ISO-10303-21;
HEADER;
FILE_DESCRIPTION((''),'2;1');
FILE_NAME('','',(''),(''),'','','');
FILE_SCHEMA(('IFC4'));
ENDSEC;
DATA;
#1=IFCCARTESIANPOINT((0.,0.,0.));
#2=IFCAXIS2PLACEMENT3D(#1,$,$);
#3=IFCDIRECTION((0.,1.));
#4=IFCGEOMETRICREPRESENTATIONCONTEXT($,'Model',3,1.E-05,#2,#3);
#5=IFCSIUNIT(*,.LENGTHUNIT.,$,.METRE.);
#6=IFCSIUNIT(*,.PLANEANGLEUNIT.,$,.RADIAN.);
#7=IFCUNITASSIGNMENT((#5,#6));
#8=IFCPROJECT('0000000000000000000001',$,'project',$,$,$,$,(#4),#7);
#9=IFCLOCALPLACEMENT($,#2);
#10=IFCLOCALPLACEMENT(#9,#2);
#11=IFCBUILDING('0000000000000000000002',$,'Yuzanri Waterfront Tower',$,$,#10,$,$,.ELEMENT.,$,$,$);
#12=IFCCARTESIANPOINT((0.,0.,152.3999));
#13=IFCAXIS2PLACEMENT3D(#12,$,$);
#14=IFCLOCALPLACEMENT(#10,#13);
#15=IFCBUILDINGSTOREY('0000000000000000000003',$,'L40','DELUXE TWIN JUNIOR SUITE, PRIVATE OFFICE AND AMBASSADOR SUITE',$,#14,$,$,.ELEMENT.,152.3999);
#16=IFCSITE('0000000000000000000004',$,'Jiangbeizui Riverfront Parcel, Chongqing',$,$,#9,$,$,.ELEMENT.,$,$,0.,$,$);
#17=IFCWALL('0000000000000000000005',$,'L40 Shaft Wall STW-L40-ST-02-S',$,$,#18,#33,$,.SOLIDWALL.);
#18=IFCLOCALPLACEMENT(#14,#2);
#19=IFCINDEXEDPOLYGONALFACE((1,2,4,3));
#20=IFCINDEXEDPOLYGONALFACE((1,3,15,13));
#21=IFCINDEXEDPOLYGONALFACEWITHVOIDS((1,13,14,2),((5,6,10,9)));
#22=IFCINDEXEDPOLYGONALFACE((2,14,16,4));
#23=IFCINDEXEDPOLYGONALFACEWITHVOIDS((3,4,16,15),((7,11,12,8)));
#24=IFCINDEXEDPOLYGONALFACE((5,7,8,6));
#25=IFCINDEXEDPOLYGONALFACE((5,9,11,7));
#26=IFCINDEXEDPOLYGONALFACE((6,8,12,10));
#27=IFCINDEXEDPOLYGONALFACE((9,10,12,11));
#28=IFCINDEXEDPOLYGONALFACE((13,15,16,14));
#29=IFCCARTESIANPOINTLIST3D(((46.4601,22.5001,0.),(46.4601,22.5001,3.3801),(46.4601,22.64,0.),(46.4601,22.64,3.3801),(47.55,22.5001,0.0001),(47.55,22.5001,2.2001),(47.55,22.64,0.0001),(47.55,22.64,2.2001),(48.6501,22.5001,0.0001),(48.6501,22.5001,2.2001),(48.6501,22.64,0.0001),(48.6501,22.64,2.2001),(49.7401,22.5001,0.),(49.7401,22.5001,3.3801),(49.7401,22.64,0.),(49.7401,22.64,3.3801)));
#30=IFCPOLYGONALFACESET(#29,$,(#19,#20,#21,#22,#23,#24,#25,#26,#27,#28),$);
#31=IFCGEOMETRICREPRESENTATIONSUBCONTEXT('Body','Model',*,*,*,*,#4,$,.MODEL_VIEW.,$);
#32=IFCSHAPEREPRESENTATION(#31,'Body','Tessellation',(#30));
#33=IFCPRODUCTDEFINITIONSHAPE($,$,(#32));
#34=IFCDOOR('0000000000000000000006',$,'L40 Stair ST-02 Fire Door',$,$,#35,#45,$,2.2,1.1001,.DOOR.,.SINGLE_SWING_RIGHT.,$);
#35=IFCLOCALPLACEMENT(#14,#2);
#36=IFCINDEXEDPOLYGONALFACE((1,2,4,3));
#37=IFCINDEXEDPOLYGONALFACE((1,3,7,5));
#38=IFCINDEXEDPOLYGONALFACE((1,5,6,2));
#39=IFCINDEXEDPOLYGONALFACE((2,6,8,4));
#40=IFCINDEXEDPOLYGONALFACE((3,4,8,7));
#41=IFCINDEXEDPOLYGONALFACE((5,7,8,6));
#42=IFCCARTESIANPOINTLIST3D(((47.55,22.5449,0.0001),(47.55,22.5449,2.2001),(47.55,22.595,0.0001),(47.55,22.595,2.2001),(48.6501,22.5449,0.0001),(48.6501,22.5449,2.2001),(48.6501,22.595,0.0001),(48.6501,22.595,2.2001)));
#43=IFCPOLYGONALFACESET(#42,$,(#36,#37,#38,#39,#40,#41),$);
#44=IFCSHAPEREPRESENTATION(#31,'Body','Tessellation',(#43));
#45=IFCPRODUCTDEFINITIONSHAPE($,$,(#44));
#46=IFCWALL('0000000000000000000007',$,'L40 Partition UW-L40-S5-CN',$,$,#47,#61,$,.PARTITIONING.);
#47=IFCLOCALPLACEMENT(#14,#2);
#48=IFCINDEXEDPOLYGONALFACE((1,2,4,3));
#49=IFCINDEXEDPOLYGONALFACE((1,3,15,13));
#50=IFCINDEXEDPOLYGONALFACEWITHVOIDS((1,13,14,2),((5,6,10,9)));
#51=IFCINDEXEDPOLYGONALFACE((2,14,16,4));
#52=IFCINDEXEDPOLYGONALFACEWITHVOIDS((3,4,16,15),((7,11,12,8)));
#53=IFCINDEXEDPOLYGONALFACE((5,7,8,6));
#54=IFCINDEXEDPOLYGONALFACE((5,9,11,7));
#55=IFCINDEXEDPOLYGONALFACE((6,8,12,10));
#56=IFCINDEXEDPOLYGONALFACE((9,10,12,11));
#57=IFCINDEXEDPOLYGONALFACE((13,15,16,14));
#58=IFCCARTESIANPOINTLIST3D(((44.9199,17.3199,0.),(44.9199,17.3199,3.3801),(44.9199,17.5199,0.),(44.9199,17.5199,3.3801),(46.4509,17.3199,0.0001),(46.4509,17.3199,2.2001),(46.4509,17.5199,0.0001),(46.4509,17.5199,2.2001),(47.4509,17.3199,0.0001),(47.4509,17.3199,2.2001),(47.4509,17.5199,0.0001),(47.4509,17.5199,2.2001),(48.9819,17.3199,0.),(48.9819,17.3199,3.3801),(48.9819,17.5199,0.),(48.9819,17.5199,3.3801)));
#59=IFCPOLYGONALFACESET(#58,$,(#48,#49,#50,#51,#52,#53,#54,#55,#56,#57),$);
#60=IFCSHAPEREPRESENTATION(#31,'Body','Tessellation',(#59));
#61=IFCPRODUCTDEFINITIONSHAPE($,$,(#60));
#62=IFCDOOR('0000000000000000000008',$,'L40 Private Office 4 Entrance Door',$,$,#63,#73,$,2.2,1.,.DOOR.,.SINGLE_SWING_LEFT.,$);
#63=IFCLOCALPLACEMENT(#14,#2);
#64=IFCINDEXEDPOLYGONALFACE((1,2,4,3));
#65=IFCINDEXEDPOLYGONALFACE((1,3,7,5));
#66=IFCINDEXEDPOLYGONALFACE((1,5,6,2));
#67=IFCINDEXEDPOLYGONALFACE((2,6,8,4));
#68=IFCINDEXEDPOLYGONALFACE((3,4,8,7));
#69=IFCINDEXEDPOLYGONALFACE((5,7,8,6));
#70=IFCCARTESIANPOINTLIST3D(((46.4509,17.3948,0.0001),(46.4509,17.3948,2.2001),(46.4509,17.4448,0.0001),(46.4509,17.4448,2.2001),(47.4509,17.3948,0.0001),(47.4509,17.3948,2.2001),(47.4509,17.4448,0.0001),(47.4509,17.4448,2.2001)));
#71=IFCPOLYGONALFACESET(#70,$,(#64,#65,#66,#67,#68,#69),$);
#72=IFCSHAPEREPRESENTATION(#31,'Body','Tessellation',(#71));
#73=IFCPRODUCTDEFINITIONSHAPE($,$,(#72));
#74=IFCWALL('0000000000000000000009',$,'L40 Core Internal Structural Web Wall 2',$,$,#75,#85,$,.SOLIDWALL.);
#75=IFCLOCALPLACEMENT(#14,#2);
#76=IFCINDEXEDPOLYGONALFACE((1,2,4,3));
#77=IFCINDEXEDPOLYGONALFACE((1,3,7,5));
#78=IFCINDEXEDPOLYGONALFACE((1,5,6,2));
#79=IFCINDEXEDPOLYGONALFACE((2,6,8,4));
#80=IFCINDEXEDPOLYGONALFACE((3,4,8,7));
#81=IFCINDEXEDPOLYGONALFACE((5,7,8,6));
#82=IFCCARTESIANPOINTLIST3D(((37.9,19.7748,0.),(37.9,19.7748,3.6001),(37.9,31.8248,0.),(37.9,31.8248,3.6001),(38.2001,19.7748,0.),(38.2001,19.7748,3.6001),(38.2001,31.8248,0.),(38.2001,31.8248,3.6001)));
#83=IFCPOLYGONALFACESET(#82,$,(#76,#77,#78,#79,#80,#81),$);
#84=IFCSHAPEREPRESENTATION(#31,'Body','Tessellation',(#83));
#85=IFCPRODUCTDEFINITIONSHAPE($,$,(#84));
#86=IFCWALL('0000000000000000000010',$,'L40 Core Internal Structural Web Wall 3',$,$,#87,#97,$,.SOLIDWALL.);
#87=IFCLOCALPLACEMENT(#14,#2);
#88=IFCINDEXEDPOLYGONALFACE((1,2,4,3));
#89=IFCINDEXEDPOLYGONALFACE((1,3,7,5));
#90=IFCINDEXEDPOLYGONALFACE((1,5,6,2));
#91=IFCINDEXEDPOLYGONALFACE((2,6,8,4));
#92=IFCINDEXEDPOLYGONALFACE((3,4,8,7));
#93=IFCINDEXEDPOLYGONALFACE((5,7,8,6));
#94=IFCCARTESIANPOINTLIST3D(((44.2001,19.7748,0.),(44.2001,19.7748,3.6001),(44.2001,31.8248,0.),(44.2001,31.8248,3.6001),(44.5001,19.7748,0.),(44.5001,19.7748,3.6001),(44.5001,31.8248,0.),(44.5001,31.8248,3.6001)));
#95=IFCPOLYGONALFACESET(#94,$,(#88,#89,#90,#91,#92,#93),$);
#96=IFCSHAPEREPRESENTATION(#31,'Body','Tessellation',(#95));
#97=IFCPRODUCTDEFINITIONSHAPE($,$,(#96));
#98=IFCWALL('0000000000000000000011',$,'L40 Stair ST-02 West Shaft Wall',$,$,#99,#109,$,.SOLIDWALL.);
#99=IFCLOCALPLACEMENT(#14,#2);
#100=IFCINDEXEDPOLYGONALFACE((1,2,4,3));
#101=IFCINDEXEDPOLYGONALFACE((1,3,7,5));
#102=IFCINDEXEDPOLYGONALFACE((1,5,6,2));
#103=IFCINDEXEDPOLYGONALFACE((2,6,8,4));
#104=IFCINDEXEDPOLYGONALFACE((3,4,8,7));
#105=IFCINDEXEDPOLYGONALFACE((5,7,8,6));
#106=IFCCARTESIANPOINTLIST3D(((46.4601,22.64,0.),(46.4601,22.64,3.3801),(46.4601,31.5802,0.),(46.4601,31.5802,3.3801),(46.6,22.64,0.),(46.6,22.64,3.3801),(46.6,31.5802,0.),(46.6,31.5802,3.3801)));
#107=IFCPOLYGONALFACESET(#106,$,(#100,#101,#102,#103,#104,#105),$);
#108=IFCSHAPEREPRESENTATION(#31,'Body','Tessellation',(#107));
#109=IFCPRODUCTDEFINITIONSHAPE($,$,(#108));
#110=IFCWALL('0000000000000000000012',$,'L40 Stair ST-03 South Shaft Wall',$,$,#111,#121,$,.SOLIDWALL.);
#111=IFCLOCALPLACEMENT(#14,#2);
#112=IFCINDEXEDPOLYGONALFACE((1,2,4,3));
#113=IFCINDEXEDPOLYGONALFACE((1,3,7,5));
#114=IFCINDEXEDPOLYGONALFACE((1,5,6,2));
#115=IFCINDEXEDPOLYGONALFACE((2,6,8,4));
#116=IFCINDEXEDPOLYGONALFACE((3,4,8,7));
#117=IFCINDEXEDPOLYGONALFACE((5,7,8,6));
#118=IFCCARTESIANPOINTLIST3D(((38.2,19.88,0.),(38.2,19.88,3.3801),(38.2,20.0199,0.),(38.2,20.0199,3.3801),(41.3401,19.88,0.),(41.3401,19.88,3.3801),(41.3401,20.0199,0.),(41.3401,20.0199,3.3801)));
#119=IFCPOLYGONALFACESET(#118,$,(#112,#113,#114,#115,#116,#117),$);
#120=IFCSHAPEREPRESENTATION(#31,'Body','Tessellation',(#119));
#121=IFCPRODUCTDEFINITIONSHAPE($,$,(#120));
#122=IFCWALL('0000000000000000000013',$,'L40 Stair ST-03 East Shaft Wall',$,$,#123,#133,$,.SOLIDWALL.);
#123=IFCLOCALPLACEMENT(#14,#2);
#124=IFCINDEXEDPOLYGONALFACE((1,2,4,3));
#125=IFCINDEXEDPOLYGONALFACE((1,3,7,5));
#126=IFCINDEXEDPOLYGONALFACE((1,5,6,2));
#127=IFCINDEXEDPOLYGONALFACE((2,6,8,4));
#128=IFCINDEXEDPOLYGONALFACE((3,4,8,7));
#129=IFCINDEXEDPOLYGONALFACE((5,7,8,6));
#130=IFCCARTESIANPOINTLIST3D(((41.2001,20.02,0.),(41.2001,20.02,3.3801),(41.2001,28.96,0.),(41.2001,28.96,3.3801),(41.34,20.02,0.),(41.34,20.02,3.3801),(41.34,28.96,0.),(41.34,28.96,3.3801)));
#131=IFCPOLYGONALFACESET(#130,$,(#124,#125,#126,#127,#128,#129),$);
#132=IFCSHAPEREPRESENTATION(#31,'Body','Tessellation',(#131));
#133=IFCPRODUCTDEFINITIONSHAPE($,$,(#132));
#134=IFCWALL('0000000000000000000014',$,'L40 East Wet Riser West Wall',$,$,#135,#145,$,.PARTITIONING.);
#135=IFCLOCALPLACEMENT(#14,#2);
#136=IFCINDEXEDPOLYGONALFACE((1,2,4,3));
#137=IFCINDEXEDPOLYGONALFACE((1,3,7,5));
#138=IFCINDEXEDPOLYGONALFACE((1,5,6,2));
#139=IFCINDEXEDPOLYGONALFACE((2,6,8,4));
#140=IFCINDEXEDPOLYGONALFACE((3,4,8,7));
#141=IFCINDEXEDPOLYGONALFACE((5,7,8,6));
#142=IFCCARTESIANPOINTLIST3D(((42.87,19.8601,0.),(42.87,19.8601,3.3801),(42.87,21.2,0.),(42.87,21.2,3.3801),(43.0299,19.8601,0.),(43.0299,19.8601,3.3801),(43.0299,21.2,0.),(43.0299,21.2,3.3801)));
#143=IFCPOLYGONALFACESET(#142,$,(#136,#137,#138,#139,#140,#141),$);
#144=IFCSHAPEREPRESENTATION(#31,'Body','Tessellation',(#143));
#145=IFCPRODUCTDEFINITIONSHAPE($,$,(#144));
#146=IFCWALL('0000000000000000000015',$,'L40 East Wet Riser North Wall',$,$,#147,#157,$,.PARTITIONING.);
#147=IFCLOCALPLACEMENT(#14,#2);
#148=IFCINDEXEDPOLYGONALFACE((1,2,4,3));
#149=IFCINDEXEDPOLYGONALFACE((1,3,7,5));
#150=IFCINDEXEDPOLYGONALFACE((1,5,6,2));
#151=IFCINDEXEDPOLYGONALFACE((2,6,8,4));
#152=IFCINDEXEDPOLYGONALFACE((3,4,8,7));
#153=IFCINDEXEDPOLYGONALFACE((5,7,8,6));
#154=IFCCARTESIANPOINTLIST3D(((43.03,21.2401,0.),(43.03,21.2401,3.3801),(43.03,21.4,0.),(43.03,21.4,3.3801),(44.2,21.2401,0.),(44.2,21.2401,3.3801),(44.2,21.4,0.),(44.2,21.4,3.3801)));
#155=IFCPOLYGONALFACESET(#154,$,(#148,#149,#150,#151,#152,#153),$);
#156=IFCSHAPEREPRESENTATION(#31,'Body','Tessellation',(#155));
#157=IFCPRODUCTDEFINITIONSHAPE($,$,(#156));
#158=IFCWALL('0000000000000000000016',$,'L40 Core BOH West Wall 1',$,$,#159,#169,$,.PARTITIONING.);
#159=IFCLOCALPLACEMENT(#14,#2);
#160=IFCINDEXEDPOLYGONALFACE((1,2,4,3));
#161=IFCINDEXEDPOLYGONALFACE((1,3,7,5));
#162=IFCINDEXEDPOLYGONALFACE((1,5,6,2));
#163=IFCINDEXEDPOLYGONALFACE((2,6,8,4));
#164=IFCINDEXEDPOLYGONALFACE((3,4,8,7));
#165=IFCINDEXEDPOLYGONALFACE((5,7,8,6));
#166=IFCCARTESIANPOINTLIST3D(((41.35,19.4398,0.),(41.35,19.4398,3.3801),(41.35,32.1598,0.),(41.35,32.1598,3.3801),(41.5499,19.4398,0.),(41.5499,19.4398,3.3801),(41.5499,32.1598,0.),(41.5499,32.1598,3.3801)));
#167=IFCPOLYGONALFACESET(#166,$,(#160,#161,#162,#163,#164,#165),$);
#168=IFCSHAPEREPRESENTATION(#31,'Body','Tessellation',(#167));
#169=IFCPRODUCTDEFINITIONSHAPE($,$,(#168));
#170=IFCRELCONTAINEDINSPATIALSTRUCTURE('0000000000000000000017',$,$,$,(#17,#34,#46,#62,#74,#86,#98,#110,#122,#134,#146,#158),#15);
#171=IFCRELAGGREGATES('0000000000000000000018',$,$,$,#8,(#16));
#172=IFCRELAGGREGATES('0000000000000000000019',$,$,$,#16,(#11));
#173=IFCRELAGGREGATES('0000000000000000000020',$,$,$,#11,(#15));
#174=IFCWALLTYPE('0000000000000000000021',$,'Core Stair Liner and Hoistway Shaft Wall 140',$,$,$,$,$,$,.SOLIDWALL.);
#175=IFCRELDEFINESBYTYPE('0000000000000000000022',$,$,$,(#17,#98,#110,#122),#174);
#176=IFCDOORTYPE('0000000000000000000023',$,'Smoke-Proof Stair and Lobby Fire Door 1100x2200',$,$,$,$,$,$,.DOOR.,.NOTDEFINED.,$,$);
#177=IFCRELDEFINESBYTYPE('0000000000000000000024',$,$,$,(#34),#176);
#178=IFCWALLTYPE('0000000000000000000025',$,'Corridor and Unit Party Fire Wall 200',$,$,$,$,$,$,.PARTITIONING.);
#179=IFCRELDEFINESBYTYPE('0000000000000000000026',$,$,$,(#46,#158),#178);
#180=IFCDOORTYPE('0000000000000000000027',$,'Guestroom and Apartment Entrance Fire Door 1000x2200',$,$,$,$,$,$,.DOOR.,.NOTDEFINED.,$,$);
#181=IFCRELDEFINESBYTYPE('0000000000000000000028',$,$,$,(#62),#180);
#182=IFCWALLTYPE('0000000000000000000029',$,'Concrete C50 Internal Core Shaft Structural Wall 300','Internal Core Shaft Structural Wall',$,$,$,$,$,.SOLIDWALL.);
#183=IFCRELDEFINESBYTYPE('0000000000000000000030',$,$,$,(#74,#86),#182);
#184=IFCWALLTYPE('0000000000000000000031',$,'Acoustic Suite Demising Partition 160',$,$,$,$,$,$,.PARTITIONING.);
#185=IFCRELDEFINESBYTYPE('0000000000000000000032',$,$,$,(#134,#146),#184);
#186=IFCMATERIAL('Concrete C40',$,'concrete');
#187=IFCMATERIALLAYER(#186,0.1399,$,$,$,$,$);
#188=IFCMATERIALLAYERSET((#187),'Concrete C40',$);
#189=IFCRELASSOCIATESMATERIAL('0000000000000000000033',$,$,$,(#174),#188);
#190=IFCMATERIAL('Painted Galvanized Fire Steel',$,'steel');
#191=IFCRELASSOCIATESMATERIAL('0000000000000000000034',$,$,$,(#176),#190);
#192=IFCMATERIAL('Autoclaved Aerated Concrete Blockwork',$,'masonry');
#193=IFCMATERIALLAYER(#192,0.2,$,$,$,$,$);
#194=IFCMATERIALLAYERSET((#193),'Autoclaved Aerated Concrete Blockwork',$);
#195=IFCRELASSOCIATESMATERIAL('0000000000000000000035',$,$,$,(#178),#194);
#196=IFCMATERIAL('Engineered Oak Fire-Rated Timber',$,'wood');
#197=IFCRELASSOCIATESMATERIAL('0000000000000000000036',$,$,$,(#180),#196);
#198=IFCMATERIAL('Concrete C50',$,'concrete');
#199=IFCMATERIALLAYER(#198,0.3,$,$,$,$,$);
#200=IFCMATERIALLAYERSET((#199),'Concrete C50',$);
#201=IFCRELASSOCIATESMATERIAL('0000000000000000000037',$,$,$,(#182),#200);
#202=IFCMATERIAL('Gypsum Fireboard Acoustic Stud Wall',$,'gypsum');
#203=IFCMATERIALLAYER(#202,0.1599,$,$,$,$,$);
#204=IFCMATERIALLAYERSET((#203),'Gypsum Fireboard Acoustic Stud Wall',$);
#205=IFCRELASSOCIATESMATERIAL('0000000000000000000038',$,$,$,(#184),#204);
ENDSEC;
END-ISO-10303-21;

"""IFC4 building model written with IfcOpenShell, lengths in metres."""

from ifc_helpers import new_model, si_unit, direction, frame, frame_2d, origin, place, context, subcontext, project, spatial, rectangle, extrude, source, transform, mapped, material, layer, layer_set, type_object, element, fill, save


model = new_model("IFC4")

# Units and contexts
model_context = context("Model", 3, precision=1e-05, world=origin(), true_north=direction((0.0, 1.0)))
body_context = subcontext(model_context, "Body", "Model", "MODEL_VIEW")
ifc_project = project(units=[si_unit("LENGTHUNIT", "METRE"), si_unit("PLANEANGLEUNIT", "RADIAN")], contexts=[model_context])

# Site, building, storey
site_placement = place(None, origin())
site = spatial("IfcSite", under=ifc_project, at=site_placement, Name="Jiangbeizui Riverfront Parcel, Chongqing", CompositionType="ELEMENT", RefElevation=0.0)
building_placement = place(site_placement, origin())
building = spatial("IfcBuilding", under=site, at=building_placement, Name="Yuzanri Waterfront Tower", CompositionType="ELEMENT")
storey_placement = place(building_placement, frame((0.0, 0.0, 152.3999)))
storey = spatial("IfcBuildingStorey", under=building, at=storey_placement, Name="L40", Description="DELUXE TWIN JUNIOR SUITE, PRIVATE OFFICE AND AMBASSADOR SUITE", CompositionType="ELEMENT", Elevation=152.3999)

# Walls, openings, doors
ifc_material_1 = material(Name="Concrete C40", Category="concrete")
ifc_layer_1 = layer(ifc_material_1, 0.1399)
ifc_layer_set_1 = layer_set([ifc_layer_1], Name="Concrete C40")
wall_type_1 = type_object("IfcWallType", Name="Core Stair Liner and Hoistway Shaft Wall 140", PredefinedType="SOLIDWALL", material=ifc_layer_set_1)
wall_1_placement = place(storey_placement, frame((46.46, 22.5701, 0.0), z_axis=(0.0, 0.0, 1.0), x_axis=(1.0, 0.0, 0.0)))
wall_1 = element("IfcWall", 1, at=wall_1_placement, inside=storey, type_object=wall_type_1, Name="L40 Shaft Wall STW-L40-ST-02-S", PredefinedType="SOLIDWALL", context=body_context, shape_type="SweptSolid", body=[
    extrude(rectangle(XDim=3.28, YDim=0.1399, at=frame_2d((1.6401, 0.0))), origin(), (0.0, 0.0, 1.0), 3.3801),
])
opening_1_placement = place(wall_1_placement, frame((1.0901, 0.0, 0.0)))
opening_1 = element("IfcOpeningElement", 2, at=opening_1_placement, cuts=wall_1, PredefinedType="OPENING", context=body_context, shape_type="SweptSolid", body=[
    extrude(rectangle(XDim=1.1001, YDim=2.2, at=frame_2d((0.55, 1.1001))), frame((0.0, 0.085, 0.0), z_axis=(0.0, -1.0, 0.0), x_axis=(1.0, 0.0, 0.0)), (0.0, 0.0, 1.0), 0.1697),
])
ifc_material_2 = material(Name="Painted Galvanized Fire Steel", Category="steel")
door_type_1 = type_object("IfcDoorType", Name="Smoke-Proof Stair and Lobby Fire Door 1100x2200", OperationType="NOTDEFINED", PredefinedType="DOOR", material=ifc_material_2)
shared_shape_1 = source(origin(), body_context, "Body", "SweptSolid", [
    extrude(rectangle(XDim=1.1001, YDim=2.2, at=frame_2d((0.55, 1.1001))), frame((0.0, 0.0249, 0.0), z_axis=(0.0, -1.0, 0.0), x_axis=(1.0, 0.0, 0.0)), (0.0, 0.0, 1.0), 0.05),
])
door_1_placement = place(opening_1_placement, origin())
door_1 = element("IfcDoor", 3, at=door_1_placement, inside=storey, type_object=door_type_1, Name="L40 Stair ST-02 Fire Door", OperationType="SINGLE_SWING_RIGHT", OverallHeight=2.2, OverallWidth=1.1001, PredefinedType="DOOR", context=body_context, shape_type="MappedRepresentation", body=[
    mapped(shared_shape_1, transform((0.0, 0.0, 0.0), scale=1.0)),
])
fill(opening_1, door_1)
ifc_material_3 = material(Name="Autoclaved Aerated Concrete Blockwork", Category="masonry")
ifc_layer_2 = layer(ifc_material_3, 0.2)
ifc_layer_set_2 = layer_set([ifc_layer_2], Name="Autoclaved Aerated Concrete Blockwork")
wall_type_2 = type_object("IfcWallType", Name="Corridor and Unit Party Fire Wall 200", PredefinedType="PARTITIONING", material=ifc_layer_set_2)
wall_2_placement = place(storey_placement, frame((44.9199, 17.4199, 0.0), z_axis=(0.0, 0.0, 1.0), x_axis=(1.0, 0.0, 0.0)))
wall_2 = element("IfcWall", 4, at=wall_2_placement, inside=storey, type_object=wall_type_2, Name="L40 Partition UW-L40-S5-CN", PredefinedType="PARTITIONING", context=body_context, shape_type="SweptSolid", body=[
    extrude(rectangle(XDim=4.062, YDim=0.2, at=frame_2d((2.031, 0.0))), origin(), (0.0, 0.0, 1.0), 3.3801),
])
opening_2_placement = place(wall_2_placement, frame((1.531, 0.0, 0.0)))
opening_2 = element("IfcOpeningElement", 5, at=opening_2_placement, cuts=wall_2, PredefinedType="OPENING", context=body_context, shape_type="SweptSolid", body=[
    extrude(rectangle(XDim=1.0, YDim=2.2, at=frame_2d((0.5, 1.1001))), frame((0.0, 0.1147, 0.0), z_axis=(0.0, -1.0, 0.0), x_axis=(1.0, 0.0, 0.0)), (0.0, 0.0, 1.0), 0.2297),
])
ifc_material_4 = material(Name="Engineered Oak Fire-Rated Timber", Category="wood")
door_type_2 = type_object("IfcDoorType", Name="Guestroom and Apartment Entrance Fire Door 1000x2200", OperationType="NOTDEFINED", PredefinedType="DOOR", material=ifc_material_4)
shared_shape_2 = source(origin(), body_context, "Body", "SweptSolid", [
    extrude(rectangle(XDim=1.0, YDim=2.2, at=frame_2d((0.5, 1.1001))), frame((0.0, 0.0249, 0.0), z_axis=(0.0, -1.0, 0.0), x_axis=(1.0, 0.0, 0.0)), (0.0, 0.0, 1.0), 0.05),
])
door_2_placement = place(opening_2_placement, origin())
door_2 = element("IfcDoor", 6, at=door_2_placement, inside=storey, type_object=door_type_2, Name="L40 Private Office 4 Entrance Door", OperationType="SINGLE_SWING_LEFT", OverallHeight=2.2, OverallWidth=1.0, PredefinedType="DOOR", context=body_context, shape_type="MappedRepresentation", body=[
    mapped(shared_shape_2, transform((0.0, 0.0, 0.0), scale=1.0)),
])
fill(opening_2, door_2)

# Walls
ifc_material_5 = material(Name="Concrete C50", Category="concrete")
ifc_layer_3 = layer(ifc_material_5, 0.3)
ifc_layer_set_3 = layer_set([ifc_layer_3], Name="Concrete C50")
wall_type_3 = type_object("IfcWallType", Name="Concrete C50 Internal Core Shaft Structural Wall 300", Description="Internal Core Shaft Structural Wall", PredefinedType="SOLIDWALL", material=ifc_layer_set_3)
shared_shape_3 = source(origin(), body_context, "Body", "SweptSolid", [
    extrude(rectangle(XDim=12.05, YDim=0.3, at=frame_2d((6.0249, 0.0))), origin(), (0.0, 0.0, 1.0), 3.6001),
])
for number, where, z_axis, x_axis, name in (
    (7, (38.05, 19.7749, 0.0), (0.0, 0.0, 1.0), (0.0, 1.0, 0.0), "L40 Core Internal Structural Web Wall 2"),
    (8, (44.3501, 19.7749, 0.0), (0.0, 0.0, 1.0), (0.0, 1.0, 0.0), "L40 Core Internal Structural Web Wall 3"),
):
    element("IfcWall", number, at=place(storey_placement, frame(where, z_axis=z_axis, x_axis=x_axis)), inside=storey, type_object=wall_type_3, Name=name, PredefinedType="SOLIDWALL", context=body_context, shape_type="MappedRepresentation", body=[
        mapped(shared_shape_3, transform((0.0, 0.0, 0.0), scale=1.0)),
    ])
shared_shape_4 = source(origin(), body_context, "Body", "SweptSolid", [
    extrude(rectangle(XDim=8.9402, YDim=0.1399, at=frame_2d((4.4702, 0.0))), origin(), (0.0, 0.0, 1.0), 3.3801),
])
wall_3_placement = place(storey_placement, frame((46.53, 22.6399, 0.0), z_axis=(0.0, 0.0, 1.0), x_axis=(0.0, 1.0, 0.0)))
element("IfcWall", 9, at=wall_3_placement, inside=storey, type_object=wall_type_1, Name="L40 Stair ST-02 West Shaft Wall", PredefinedType="SOLIDWALL", context=body_context, shape_type="MappedRepresentation", body=[
    mapped(shared_shape_4, transform((0.0, 0.0, 0.0), scale=1.0)),
])
shared_shape_5 = source(origin(), body_context, "Body", "SweptSolid", [
    extrude(rectangle(XDim=3.1401, YDim=0.1399, at=frame_2d((1.5701, 0.0))), origin(), (0.0, 0.0, 1.0), 3.3801),
])
wall_4_placement = place(storey_placement, frame((38.2, 19.95, 0.0), z_axis=(0.0, 0.0, 1.0), x_axis=(1.0, 0.0, 0.0)))
element("IfcWall", 10, at=wall_4_placement, inside=storey, type_object=wall_type_1, Name="L40 Stair ST-03 South Shaft Wall", PredefinedType="SOLIDWALL", context=body_context, shape_type="MappedRepresentation", body=[
    mapped(shared_shape_5, transform((0.0, 0.0, 0.0), scale=1.0)),
])
shared_shape_6 = source(origin(), body_context, "Body", "SweptSolid", [
    extrude(rectangle(XDim=8.9399, YDim=0.1399, at=frame_2d((4.47, 0.0))), origin(), (0.0, 0.0, 1.0), 3.3801),
])
wall_5_placement = place(storey_placement, frame((41.27, 20.02, 0.0), z_axis=(0.0, 0.0, 1.0), x_axis=(0.0, 1.0, 0.0)))
element("IfcWall", 11, at=wall_5_placement, inside=storey, type_object=wall_type_1, Name="L40 Stair ST-03 East Shaft Wall", PredefinedType="SOLIDWALL", context=body_context, shape_type="MappedRepresentation", body=[
    mapped(shared_shape_6, transform((0.0, 0.0, 0.0), scale=1.0)),
])
ifc_material_6 = material(Name="Gypsum Fireboard Acoustic Stud Wall", Category="gypsum")
ifc_layer_4 = layer(ifc_material_6, 0.1599)
ifc_layer_set_4 = layer_set([ifc_layer_4], Name="Gypsum Fireboard Acoustic Stud Wall")
wall_type_4 = type_object("IfcWallType", Name="Acoustic Suite Demising Partition 160", PredefinedType="PARTITIONING", material=ifc_layer_set_4)
shared_shape_7 = source(origin(), body_context, "Body", "SweptSolid", [
    extrude(rectangle(XDim=1.3398, YDim=0.1599, at=frame_2d((0.6699, 0.0))), origin(), (0.0, 0.0, 1.0), 3.3801),
])
wall_6_placement = place(storey_placement, frame((42.95, 19.8601, 0.0), z_axis=(0.0, 0.0, 1.0), x_axis=(0.0, 1.0, 0.0)))
element("IfcWall", 12, at=wall_6_placement, inside=storey, type_object=wall_type_4, Name="L40 East Wet Riser West Wall", PredefinedType="PARTITIONING", context=body_context, shape_type="MappedRepresentation", body=[
    mapped(shared_shape_7, transform((0.0, 0.0, 0.0), scale=1.0)),
])
shared_shape_8 = source(origin(), body_context, "Body", "SweptSolid", [
    extrude(rectangle(XDim=1.1699, YDim=0.1599, at=frame_2d((0.585, 0.0))), origin(), (0.0, 0.0, 1.0), 3.3801),
])
wall_7_placement = place(storey_placement, frame((43.03, 21.3201, 0.0), z_axis=(0.0, 0.0, 1.0), x_axis=(1.0, 0.0, 0.0)))
element("IfcWall", 13, at=wall_7_placement, inside=storey, type_object=wall_type_4, Name="L40 East Wet Riser North Wall", PredefinedType="PARTITIONING", context=body_context, shape_type="MappedRepresentation", body=[
    mapped(shared_shape_8, transform((0.0, 0.0, 0.0), scale=1.0)),
])
shared_shape_9 = source(origin(), body_context, "Body", "SweptSolid", [
    extrude(rectangle(XDim=12.72, YDim=0.2, at=frame_2d((6.3599, 0.0))), origin(), (0.0, 0.0, 1.0), 3.3801),
])
wall_8_placement = place(storey_placement, frame((41.45, 19.4399, 0.0), z_axis=(0.0, 0.0, 1.0), x_axis=(0.0, 1.0, 0.0)))
element("IfcWall", 14, at=wall_8_placement, inside=storey, type_object=wall_type_2, Name="L40 Core BOH West Wall 1", PredefinedType="PARTITIONING", context=body_context, shape_type="MappedRepresentation", body=[
    mapped(shared_shape_9, transform((0.0, 0.0, 0.0), scale=1.0)),
])

save(model, "model.ifc")
